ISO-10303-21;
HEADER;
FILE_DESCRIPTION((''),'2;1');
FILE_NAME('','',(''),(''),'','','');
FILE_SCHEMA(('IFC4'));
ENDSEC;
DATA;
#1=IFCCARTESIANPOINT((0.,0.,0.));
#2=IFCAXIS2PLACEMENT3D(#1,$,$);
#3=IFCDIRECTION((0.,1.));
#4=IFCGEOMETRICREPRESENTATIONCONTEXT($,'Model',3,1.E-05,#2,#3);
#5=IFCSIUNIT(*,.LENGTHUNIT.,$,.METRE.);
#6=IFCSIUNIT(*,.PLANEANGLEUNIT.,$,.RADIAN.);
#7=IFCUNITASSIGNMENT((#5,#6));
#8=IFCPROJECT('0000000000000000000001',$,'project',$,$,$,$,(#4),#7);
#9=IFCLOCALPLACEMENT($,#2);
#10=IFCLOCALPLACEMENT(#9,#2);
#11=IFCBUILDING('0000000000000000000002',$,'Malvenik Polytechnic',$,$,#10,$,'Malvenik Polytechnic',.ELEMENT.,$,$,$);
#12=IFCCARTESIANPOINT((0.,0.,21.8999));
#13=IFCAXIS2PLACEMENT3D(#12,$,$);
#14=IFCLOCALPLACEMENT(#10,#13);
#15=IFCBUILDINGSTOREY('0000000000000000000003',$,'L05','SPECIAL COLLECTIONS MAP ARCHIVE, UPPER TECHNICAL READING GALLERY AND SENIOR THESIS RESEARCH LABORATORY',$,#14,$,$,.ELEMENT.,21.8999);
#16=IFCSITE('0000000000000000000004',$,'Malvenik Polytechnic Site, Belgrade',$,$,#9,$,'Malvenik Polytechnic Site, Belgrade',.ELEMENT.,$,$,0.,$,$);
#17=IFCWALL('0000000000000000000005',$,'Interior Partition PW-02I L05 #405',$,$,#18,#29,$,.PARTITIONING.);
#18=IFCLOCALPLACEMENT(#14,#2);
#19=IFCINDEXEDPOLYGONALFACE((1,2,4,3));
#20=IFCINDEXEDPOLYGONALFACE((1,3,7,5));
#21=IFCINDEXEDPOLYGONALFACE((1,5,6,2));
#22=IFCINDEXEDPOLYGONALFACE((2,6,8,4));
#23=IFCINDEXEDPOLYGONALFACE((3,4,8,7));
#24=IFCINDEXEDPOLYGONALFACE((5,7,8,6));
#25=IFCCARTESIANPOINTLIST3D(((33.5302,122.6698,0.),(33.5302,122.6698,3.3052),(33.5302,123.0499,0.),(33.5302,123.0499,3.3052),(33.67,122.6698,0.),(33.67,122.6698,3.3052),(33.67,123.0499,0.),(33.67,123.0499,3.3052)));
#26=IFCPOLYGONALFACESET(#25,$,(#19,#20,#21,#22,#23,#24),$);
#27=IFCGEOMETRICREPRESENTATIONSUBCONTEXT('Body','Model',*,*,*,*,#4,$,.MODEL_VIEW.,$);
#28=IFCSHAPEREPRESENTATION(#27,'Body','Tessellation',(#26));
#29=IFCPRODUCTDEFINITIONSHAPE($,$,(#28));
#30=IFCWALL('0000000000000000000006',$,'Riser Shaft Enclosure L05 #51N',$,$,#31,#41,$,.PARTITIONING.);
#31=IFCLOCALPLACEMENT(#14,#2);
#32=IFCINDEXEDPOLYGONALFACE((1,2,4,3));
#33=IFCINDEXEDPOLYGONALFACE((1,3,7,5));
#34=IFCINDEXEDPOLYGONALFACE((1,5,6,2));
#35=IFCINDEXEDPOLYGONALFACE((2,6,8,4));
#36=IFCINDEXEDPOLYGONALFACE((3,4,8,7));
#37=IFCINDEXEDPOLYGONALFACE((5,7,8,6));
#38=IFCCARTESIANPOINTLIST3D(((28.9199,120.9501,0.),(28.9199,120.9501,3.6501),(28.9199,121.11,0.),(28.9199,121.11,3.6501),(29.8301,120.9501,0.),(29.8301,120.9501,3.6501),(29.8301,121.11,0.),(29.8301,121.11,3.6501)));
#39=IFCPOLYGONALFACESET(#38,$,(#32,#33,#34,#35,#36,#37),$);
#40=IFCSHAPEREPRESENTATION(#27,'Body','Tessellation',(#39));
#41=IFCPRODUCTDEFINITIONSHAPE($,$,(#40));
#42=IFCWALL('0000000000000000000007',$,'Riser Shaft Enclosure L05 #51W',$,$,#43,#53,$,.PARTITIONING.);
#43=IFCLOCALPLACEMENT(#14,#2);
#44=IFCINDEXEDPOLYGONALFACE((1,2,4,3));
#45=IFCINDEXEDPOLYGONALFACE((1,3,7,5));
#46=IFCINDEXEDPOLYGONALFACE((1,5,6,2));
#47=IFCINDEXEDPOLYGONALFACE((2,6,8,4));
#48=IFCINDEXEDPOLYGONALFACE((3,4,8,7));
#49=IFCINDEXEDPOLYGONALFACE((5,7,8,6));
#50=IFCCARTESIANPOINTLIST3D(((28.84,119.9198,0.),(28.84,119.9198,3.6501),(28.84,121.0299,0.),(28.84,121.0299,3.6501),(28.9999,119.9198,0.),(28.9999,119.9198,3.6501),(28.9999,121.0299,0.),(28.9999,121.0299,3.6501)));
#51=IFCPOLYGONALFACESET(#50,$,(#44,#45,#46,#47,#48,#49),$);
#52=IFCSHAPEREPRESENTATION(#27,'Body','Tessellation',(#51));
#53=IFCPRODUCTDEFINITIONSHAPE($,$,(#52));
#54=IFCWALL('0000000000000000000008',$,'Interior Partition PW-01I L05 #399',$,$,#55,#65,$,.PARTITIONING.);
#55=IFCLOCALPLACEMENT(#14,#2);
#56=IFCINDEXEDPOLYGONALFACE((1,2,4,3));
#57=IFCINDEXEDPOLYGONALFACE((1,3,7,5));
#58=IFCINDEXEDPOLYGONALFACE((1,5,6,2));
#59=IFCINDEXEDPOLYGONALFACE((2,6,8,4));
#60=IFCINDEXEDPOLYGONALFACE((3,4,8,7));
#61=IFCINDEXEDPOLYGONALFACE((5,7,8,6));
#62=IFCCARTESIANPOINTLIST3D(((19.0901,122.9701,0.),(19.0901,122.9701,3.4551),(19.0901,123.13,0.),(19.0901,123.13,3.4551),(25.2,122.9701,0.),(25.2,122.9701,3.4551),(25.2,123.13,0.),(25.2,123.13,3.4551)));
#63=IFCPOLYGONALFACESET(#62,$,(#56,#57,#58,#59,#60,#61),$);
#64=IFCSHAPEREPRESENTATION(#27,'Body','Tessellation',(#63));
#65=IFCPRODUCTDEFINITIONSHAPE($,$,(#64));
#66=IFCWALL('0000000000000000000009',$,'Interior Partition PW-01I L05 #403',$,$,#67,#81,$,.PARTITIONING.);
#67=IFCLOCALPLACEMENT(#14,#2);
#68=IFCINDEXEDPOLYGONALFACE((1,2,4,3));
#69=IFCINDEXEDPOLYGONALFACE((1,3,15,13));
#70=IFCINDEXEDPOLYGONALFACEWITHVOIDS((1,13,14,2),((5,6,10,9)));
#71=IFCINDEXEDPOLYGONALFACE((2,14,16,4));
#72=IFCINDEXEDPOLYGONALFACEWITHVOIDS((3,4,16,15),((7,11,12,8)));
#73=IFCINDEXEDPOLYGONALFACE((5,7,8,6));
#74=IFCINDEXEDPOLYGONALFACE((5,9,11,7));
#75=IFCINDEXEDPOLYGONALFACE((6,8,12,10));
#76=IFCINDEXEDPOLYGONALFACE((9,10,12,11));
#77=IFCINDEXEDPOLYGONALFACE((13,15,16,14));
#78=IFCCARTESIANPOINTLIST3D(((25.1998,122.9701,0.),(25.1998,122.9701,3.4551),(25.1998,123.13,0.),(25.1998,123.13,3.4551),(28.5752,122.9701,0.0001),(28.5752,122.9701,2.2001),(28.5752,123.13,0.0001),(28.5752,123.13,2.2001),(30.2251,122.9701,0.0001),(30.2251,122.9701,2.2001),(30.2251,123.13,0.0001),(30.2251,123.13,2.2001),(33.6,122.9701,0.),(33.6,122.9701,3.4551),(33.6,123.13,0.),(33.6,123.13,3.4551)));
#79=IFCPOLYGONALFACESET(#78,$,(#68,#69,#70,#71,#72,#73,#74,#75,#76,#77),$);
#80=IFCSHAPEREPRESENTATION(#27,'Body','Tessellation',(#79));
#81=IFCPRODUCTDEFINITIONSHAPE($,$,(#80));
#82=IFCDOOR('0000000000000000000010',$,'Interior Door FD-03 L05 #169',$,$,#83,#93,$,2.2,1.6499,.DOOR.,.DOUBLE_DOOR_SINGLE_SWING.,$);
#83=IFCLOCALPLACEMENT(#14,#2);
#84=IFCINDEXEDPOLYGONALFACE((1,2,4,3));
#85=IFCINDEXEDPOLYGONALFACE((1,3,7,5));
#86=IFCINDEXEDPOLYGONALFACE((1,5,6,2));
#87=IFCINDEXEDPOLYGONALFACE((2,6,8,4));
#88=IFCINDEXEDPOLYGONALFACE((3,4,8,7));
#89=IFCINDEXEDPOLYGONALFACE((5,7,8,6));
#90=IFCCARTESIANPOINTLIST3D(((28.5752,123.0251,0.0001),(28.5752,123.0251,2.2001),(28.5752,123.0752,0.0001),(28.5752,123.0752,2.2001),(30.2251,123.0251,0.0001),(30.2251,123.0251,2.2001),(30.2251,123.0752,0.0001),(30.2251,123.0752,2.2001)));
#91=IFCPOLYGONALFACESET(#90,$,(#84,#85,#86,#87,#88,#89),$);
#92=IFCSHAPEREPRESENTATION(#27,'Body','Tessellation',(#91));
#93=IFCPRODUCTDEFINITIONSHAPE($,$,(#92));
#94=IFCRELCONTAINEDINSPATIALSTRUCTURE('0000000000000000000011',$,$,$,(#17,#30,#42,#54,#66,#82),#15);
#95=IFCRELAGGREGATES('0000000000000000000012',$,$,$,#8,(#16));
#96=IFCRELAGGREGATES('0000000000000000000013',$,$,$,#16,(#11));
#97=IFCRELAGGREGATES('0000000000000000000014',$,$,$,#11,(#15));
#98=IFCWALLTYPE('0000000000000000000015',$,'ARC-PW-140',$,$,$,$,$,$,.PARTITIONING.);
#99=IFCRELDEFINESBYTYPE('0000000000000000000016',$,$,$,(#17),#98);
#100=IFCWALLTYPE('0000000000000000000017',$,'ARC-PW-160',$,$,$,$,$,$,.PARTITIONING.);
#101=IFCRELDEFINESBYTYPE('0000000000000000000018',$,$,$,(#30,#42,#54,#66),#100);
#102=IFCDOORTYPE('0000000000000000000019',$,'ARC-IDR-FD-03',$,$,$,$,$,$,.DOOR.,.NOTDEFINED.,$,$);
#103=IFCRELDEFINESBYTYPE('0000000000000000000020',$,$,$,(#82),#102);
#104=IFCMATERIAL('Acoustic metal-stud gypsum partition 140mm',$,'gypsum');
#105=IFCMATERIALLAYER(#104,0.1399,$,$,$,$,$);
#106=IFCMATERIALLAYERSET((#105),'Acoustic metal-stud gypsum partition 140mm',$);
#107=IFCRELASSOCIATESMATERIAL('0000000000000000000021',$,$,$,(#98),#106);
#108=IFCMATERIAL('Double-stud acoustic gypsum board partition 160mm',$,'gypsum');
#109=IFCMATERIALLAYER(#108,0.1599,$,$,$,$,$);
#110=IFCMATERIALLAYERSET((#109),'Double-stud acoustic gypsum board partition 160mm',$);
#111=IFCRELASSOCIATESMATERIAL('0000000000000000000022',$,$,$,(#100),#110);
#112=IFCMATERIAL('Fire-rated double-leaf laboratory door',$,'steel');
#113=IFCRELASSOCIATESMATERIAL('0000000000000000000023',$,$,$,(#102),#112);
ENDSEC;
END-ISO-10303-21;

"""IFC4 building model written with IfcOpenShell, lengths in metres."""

from ifc_helpers import new_model, si_unit, direction, frame, frame_2d, origin, place, context, subcontext, project, spatial, rectangle, extrude, material, layer, layer_set, type_object, element, fill, save


model = new_model("IFC4")

# Units and contexts
model_context = context("Model", 3, precision=1e-05, world=origin(), true_north=direction((0.0, 1.0)))
body_context = subcontext(model_context, "Body", "Model", "MODEL_VIEW")
ifc_project = project(units=[si_unit("LENGTHUNIT", "METRE"), si_unit("PLANEANGLEUNIT", "RADIAN")], contexts=[model_context])

# Site, building, storey
site_placement = place(None, origin())
site = spatial("IfcSite", under=ifc_project, at=site_placement, Name="Malvenik Polytechnic Site, Belgrade", LongName="Malvenik Polytechnic Site, Belgrade", CompositionType="ELEMENT", RefElevation=0.0)
building_placement = place(site_placement, origin())
building = spatial("IfcBuilding", under=site, at=building_placement, Name="Malvenik Polytechnic", LongName="Malvenik Polytechnic", CompositionType="ELEMENT")
storey_placement = place(building_placement, frame((0.0, 0.0, 21.8999)))
storey = spatial("IfcBuildingStorey", under=building, at=storey_placement, Name="L05", Description="SPECIAL COLLECTIONS MAP ARCHIVE, UPPER TECHNICAL READING GALLERY AND SENIOR THESIS RESEARCH LABORATORY", CompositionType="ELEMENT", Elevation=21.8999)

# Walls
ifc_material_1 = material(Name="Acoustic metal-stud gypsum partition 140mm", Category="gypsum")
ifc_layer_1 = layer(ifc_material_1, 0.1399)
ifc_layer_set_1 = layer_set([ifc_layer_1], Name="Acoustic metal-stud gypsum partition 140mm")
wall_type_1 = type_object("IfcWallType", Name="ARC-PW-140", PredefinedType="PARTITIONING", material=ifc_layer_set_1)
for number, where, z_axis, x_axis, name in (
    (1, (33.6001, 122.6699, 0.0), (0.0, 0.0, 1.0), (0.0, 1.0, 0.0), "Interior Partition PW-02I L05 #405"),
):
    element("IfcWall", number, at=place(storey_placement, frame(where, z_axis=z_axis, x_axis=x_axis)), inside=storey, type_object=wall_type_1, Name=name, PredefinedType="PARTITIONING", context=body_context, shape_type="SweptSolid", body=[
        extrude(rectangle(XDim=0.3801, YDim=0.1399, at=frame_2d((0.1899, 0.0))), origin(), (0.0, 0.0, 1.0), 3.3052),
    ])
ifc_material_2 = material(Name="Double-stud acoustic gypsum board partition 160mm", Category="gypsum")
ifc_layer_2 = layer(ifc_material_2, 0.1599)
ifc_layer_set_2 = layer_set([ifc_layer_2], Name="Double-stud acoustic gypsum board partition 160mm")
wall_type_2 = type_object("IfcWallType", Name="ARC-PW-160", PredefinedType="PARTITIONING", material=ifc_layer_set_2)
wall_1_placement = place(storey_placement, frame((29.8301, 121.03, 0.0), z_axis=(0.0, 0.0, 1.0), x_axis=(-1.0, 0.0, 0.0)))
element("IfcWall", 2, at=wall_1_placement, inside=storey, type_object=wall_type_2, Name="Riser Shaft Enclosure L05 #51N", PredefinedType="PARTITIONING", context=body_context, shape_type="SweptSolid", body=[
    extrude(rectangle(XDim=0.9102, YDim=0.1599, at=frame_2d((0.4551, 0.0))), origin(), (0.0, 0.0, 1.0), 3.6501),
])
wall_2_placement = place(storey_placement, frame((28.9199, 121.03, 0.0), z_axis=(0.0, 0.0, 1.0), x_axis=(0.0, -1.0, 0.0)))
element("IfcWall", 3, at=wall_2_placement, inside=storey, type_object=wall_type_2, Name="Riser Shaft Enclosure L05 #51W", PredefinedType="PARTITIONING", context=body_context, shape_type="SweptSolid", body=[
    extrude(rectangle(XDim=1.1101, YDim=0.1599, at=frame_2d((0.5552, 0.0))), origin(), (0.0, 0.0, 1.0), 3.6501),
])
wall_3_placement = place(storey_placement, frame((25.2, 123.05, 0.0), z_axis=(0.0, 0.0, 1.0), x_axis=(-1.0, 0.0, 0.0)))
element("IfcWall", 4, at=wall_3_placement, inside=storey, type_object=wall_type_2, Name="Interior Partition PW-01I L05 #399", PredefinedType="PARTITIONING", context=body_context, shape_type="SweptSolid", body=[
    extrude(rectangle(XDim=6.1099, YDim=0.1599, at=frame_2d((3.0549, 0.0))), origin(), (0.0, 0.0, 1.0), 3.4551),
])

# Wall, opening, door
wall_4_placement = place(storey_placement, frame((33.6001, 123.05, 0.0), z_axis=(0.0, 0.0, 1.0), x_axis=(-1.0, 0.0, 0.0)))
wall_4 = element("IfcWall", 5, at=wall_4_placement, inside=storey, type_object=wall_type_2, Name="Interior Partition PW-01I L05 #403", PredefinedType="PARTITIONING", context=body_context, shape_type="SweptSolid", body=[
    extrude(rectangle(XDim=8.4001, YDim=0.1599, at=frame_2d((4.2002, 0.0))), origin(), (0.0, 0.0, 1.0), 3.4551),
])
opening_1_placement = place(wall_4_placement, frame((3.375, 0.0, 0.0)))
opening_1 = element("IfcOpeningElement", 6, at=opening_1_placement, cuts=wall_4, PredefinedType="OPENING", context=body_context, shape_type="SweptSolid", body=[
    extrude(rectangle(XDim=1.6499, YDim=2.2, at=frame_2d((0.825, 1.1001))), frame((0.0, 0.0898, 0.0), z_axis=(0.0, -1.0, 0.0), x_axis=(1.0, 0.0, 0.0)), (0.0, 0.0, 1.0), 0.1799),
])
ifc_material_3 = material(Name="Fire-rated double-leaf laboratory door", Category="steel")
door_type = type_object("IfcDoorType", Name="ARC-IDR-FD-03", OperationType="NOTDEFINED", PredefinedType="DOOR", material=ifc_material_3)
door_placement = place(opening_1_placement, origin())
door = element("IfcDoor", 7, at=door_placement, inside=storey, type_object=door_type, Name="Interior Door FD-03 L05 #169", OperationType="DOUBLE_DOOR_SINGLE_SWING", OverallHeight=2.2, OverallWidth=1.6499, PredefinedType="DOOR", context=body_context, shape_type="SweptSolid", body=[
    extrude(rectangle(XDim=1.6499, YDim=2.2, at=frame_2d((0.825, 1.1001))), frame((0.0, 0.0249, 0.0), z_axis=(0.0, -1.0, 0.0), x_axis=(1.0, 0.0, 0.0)), (0.0, 0.0, 1.0), 0.05),
])
fill(opening_1, door)

save(model, "model.ifc")
